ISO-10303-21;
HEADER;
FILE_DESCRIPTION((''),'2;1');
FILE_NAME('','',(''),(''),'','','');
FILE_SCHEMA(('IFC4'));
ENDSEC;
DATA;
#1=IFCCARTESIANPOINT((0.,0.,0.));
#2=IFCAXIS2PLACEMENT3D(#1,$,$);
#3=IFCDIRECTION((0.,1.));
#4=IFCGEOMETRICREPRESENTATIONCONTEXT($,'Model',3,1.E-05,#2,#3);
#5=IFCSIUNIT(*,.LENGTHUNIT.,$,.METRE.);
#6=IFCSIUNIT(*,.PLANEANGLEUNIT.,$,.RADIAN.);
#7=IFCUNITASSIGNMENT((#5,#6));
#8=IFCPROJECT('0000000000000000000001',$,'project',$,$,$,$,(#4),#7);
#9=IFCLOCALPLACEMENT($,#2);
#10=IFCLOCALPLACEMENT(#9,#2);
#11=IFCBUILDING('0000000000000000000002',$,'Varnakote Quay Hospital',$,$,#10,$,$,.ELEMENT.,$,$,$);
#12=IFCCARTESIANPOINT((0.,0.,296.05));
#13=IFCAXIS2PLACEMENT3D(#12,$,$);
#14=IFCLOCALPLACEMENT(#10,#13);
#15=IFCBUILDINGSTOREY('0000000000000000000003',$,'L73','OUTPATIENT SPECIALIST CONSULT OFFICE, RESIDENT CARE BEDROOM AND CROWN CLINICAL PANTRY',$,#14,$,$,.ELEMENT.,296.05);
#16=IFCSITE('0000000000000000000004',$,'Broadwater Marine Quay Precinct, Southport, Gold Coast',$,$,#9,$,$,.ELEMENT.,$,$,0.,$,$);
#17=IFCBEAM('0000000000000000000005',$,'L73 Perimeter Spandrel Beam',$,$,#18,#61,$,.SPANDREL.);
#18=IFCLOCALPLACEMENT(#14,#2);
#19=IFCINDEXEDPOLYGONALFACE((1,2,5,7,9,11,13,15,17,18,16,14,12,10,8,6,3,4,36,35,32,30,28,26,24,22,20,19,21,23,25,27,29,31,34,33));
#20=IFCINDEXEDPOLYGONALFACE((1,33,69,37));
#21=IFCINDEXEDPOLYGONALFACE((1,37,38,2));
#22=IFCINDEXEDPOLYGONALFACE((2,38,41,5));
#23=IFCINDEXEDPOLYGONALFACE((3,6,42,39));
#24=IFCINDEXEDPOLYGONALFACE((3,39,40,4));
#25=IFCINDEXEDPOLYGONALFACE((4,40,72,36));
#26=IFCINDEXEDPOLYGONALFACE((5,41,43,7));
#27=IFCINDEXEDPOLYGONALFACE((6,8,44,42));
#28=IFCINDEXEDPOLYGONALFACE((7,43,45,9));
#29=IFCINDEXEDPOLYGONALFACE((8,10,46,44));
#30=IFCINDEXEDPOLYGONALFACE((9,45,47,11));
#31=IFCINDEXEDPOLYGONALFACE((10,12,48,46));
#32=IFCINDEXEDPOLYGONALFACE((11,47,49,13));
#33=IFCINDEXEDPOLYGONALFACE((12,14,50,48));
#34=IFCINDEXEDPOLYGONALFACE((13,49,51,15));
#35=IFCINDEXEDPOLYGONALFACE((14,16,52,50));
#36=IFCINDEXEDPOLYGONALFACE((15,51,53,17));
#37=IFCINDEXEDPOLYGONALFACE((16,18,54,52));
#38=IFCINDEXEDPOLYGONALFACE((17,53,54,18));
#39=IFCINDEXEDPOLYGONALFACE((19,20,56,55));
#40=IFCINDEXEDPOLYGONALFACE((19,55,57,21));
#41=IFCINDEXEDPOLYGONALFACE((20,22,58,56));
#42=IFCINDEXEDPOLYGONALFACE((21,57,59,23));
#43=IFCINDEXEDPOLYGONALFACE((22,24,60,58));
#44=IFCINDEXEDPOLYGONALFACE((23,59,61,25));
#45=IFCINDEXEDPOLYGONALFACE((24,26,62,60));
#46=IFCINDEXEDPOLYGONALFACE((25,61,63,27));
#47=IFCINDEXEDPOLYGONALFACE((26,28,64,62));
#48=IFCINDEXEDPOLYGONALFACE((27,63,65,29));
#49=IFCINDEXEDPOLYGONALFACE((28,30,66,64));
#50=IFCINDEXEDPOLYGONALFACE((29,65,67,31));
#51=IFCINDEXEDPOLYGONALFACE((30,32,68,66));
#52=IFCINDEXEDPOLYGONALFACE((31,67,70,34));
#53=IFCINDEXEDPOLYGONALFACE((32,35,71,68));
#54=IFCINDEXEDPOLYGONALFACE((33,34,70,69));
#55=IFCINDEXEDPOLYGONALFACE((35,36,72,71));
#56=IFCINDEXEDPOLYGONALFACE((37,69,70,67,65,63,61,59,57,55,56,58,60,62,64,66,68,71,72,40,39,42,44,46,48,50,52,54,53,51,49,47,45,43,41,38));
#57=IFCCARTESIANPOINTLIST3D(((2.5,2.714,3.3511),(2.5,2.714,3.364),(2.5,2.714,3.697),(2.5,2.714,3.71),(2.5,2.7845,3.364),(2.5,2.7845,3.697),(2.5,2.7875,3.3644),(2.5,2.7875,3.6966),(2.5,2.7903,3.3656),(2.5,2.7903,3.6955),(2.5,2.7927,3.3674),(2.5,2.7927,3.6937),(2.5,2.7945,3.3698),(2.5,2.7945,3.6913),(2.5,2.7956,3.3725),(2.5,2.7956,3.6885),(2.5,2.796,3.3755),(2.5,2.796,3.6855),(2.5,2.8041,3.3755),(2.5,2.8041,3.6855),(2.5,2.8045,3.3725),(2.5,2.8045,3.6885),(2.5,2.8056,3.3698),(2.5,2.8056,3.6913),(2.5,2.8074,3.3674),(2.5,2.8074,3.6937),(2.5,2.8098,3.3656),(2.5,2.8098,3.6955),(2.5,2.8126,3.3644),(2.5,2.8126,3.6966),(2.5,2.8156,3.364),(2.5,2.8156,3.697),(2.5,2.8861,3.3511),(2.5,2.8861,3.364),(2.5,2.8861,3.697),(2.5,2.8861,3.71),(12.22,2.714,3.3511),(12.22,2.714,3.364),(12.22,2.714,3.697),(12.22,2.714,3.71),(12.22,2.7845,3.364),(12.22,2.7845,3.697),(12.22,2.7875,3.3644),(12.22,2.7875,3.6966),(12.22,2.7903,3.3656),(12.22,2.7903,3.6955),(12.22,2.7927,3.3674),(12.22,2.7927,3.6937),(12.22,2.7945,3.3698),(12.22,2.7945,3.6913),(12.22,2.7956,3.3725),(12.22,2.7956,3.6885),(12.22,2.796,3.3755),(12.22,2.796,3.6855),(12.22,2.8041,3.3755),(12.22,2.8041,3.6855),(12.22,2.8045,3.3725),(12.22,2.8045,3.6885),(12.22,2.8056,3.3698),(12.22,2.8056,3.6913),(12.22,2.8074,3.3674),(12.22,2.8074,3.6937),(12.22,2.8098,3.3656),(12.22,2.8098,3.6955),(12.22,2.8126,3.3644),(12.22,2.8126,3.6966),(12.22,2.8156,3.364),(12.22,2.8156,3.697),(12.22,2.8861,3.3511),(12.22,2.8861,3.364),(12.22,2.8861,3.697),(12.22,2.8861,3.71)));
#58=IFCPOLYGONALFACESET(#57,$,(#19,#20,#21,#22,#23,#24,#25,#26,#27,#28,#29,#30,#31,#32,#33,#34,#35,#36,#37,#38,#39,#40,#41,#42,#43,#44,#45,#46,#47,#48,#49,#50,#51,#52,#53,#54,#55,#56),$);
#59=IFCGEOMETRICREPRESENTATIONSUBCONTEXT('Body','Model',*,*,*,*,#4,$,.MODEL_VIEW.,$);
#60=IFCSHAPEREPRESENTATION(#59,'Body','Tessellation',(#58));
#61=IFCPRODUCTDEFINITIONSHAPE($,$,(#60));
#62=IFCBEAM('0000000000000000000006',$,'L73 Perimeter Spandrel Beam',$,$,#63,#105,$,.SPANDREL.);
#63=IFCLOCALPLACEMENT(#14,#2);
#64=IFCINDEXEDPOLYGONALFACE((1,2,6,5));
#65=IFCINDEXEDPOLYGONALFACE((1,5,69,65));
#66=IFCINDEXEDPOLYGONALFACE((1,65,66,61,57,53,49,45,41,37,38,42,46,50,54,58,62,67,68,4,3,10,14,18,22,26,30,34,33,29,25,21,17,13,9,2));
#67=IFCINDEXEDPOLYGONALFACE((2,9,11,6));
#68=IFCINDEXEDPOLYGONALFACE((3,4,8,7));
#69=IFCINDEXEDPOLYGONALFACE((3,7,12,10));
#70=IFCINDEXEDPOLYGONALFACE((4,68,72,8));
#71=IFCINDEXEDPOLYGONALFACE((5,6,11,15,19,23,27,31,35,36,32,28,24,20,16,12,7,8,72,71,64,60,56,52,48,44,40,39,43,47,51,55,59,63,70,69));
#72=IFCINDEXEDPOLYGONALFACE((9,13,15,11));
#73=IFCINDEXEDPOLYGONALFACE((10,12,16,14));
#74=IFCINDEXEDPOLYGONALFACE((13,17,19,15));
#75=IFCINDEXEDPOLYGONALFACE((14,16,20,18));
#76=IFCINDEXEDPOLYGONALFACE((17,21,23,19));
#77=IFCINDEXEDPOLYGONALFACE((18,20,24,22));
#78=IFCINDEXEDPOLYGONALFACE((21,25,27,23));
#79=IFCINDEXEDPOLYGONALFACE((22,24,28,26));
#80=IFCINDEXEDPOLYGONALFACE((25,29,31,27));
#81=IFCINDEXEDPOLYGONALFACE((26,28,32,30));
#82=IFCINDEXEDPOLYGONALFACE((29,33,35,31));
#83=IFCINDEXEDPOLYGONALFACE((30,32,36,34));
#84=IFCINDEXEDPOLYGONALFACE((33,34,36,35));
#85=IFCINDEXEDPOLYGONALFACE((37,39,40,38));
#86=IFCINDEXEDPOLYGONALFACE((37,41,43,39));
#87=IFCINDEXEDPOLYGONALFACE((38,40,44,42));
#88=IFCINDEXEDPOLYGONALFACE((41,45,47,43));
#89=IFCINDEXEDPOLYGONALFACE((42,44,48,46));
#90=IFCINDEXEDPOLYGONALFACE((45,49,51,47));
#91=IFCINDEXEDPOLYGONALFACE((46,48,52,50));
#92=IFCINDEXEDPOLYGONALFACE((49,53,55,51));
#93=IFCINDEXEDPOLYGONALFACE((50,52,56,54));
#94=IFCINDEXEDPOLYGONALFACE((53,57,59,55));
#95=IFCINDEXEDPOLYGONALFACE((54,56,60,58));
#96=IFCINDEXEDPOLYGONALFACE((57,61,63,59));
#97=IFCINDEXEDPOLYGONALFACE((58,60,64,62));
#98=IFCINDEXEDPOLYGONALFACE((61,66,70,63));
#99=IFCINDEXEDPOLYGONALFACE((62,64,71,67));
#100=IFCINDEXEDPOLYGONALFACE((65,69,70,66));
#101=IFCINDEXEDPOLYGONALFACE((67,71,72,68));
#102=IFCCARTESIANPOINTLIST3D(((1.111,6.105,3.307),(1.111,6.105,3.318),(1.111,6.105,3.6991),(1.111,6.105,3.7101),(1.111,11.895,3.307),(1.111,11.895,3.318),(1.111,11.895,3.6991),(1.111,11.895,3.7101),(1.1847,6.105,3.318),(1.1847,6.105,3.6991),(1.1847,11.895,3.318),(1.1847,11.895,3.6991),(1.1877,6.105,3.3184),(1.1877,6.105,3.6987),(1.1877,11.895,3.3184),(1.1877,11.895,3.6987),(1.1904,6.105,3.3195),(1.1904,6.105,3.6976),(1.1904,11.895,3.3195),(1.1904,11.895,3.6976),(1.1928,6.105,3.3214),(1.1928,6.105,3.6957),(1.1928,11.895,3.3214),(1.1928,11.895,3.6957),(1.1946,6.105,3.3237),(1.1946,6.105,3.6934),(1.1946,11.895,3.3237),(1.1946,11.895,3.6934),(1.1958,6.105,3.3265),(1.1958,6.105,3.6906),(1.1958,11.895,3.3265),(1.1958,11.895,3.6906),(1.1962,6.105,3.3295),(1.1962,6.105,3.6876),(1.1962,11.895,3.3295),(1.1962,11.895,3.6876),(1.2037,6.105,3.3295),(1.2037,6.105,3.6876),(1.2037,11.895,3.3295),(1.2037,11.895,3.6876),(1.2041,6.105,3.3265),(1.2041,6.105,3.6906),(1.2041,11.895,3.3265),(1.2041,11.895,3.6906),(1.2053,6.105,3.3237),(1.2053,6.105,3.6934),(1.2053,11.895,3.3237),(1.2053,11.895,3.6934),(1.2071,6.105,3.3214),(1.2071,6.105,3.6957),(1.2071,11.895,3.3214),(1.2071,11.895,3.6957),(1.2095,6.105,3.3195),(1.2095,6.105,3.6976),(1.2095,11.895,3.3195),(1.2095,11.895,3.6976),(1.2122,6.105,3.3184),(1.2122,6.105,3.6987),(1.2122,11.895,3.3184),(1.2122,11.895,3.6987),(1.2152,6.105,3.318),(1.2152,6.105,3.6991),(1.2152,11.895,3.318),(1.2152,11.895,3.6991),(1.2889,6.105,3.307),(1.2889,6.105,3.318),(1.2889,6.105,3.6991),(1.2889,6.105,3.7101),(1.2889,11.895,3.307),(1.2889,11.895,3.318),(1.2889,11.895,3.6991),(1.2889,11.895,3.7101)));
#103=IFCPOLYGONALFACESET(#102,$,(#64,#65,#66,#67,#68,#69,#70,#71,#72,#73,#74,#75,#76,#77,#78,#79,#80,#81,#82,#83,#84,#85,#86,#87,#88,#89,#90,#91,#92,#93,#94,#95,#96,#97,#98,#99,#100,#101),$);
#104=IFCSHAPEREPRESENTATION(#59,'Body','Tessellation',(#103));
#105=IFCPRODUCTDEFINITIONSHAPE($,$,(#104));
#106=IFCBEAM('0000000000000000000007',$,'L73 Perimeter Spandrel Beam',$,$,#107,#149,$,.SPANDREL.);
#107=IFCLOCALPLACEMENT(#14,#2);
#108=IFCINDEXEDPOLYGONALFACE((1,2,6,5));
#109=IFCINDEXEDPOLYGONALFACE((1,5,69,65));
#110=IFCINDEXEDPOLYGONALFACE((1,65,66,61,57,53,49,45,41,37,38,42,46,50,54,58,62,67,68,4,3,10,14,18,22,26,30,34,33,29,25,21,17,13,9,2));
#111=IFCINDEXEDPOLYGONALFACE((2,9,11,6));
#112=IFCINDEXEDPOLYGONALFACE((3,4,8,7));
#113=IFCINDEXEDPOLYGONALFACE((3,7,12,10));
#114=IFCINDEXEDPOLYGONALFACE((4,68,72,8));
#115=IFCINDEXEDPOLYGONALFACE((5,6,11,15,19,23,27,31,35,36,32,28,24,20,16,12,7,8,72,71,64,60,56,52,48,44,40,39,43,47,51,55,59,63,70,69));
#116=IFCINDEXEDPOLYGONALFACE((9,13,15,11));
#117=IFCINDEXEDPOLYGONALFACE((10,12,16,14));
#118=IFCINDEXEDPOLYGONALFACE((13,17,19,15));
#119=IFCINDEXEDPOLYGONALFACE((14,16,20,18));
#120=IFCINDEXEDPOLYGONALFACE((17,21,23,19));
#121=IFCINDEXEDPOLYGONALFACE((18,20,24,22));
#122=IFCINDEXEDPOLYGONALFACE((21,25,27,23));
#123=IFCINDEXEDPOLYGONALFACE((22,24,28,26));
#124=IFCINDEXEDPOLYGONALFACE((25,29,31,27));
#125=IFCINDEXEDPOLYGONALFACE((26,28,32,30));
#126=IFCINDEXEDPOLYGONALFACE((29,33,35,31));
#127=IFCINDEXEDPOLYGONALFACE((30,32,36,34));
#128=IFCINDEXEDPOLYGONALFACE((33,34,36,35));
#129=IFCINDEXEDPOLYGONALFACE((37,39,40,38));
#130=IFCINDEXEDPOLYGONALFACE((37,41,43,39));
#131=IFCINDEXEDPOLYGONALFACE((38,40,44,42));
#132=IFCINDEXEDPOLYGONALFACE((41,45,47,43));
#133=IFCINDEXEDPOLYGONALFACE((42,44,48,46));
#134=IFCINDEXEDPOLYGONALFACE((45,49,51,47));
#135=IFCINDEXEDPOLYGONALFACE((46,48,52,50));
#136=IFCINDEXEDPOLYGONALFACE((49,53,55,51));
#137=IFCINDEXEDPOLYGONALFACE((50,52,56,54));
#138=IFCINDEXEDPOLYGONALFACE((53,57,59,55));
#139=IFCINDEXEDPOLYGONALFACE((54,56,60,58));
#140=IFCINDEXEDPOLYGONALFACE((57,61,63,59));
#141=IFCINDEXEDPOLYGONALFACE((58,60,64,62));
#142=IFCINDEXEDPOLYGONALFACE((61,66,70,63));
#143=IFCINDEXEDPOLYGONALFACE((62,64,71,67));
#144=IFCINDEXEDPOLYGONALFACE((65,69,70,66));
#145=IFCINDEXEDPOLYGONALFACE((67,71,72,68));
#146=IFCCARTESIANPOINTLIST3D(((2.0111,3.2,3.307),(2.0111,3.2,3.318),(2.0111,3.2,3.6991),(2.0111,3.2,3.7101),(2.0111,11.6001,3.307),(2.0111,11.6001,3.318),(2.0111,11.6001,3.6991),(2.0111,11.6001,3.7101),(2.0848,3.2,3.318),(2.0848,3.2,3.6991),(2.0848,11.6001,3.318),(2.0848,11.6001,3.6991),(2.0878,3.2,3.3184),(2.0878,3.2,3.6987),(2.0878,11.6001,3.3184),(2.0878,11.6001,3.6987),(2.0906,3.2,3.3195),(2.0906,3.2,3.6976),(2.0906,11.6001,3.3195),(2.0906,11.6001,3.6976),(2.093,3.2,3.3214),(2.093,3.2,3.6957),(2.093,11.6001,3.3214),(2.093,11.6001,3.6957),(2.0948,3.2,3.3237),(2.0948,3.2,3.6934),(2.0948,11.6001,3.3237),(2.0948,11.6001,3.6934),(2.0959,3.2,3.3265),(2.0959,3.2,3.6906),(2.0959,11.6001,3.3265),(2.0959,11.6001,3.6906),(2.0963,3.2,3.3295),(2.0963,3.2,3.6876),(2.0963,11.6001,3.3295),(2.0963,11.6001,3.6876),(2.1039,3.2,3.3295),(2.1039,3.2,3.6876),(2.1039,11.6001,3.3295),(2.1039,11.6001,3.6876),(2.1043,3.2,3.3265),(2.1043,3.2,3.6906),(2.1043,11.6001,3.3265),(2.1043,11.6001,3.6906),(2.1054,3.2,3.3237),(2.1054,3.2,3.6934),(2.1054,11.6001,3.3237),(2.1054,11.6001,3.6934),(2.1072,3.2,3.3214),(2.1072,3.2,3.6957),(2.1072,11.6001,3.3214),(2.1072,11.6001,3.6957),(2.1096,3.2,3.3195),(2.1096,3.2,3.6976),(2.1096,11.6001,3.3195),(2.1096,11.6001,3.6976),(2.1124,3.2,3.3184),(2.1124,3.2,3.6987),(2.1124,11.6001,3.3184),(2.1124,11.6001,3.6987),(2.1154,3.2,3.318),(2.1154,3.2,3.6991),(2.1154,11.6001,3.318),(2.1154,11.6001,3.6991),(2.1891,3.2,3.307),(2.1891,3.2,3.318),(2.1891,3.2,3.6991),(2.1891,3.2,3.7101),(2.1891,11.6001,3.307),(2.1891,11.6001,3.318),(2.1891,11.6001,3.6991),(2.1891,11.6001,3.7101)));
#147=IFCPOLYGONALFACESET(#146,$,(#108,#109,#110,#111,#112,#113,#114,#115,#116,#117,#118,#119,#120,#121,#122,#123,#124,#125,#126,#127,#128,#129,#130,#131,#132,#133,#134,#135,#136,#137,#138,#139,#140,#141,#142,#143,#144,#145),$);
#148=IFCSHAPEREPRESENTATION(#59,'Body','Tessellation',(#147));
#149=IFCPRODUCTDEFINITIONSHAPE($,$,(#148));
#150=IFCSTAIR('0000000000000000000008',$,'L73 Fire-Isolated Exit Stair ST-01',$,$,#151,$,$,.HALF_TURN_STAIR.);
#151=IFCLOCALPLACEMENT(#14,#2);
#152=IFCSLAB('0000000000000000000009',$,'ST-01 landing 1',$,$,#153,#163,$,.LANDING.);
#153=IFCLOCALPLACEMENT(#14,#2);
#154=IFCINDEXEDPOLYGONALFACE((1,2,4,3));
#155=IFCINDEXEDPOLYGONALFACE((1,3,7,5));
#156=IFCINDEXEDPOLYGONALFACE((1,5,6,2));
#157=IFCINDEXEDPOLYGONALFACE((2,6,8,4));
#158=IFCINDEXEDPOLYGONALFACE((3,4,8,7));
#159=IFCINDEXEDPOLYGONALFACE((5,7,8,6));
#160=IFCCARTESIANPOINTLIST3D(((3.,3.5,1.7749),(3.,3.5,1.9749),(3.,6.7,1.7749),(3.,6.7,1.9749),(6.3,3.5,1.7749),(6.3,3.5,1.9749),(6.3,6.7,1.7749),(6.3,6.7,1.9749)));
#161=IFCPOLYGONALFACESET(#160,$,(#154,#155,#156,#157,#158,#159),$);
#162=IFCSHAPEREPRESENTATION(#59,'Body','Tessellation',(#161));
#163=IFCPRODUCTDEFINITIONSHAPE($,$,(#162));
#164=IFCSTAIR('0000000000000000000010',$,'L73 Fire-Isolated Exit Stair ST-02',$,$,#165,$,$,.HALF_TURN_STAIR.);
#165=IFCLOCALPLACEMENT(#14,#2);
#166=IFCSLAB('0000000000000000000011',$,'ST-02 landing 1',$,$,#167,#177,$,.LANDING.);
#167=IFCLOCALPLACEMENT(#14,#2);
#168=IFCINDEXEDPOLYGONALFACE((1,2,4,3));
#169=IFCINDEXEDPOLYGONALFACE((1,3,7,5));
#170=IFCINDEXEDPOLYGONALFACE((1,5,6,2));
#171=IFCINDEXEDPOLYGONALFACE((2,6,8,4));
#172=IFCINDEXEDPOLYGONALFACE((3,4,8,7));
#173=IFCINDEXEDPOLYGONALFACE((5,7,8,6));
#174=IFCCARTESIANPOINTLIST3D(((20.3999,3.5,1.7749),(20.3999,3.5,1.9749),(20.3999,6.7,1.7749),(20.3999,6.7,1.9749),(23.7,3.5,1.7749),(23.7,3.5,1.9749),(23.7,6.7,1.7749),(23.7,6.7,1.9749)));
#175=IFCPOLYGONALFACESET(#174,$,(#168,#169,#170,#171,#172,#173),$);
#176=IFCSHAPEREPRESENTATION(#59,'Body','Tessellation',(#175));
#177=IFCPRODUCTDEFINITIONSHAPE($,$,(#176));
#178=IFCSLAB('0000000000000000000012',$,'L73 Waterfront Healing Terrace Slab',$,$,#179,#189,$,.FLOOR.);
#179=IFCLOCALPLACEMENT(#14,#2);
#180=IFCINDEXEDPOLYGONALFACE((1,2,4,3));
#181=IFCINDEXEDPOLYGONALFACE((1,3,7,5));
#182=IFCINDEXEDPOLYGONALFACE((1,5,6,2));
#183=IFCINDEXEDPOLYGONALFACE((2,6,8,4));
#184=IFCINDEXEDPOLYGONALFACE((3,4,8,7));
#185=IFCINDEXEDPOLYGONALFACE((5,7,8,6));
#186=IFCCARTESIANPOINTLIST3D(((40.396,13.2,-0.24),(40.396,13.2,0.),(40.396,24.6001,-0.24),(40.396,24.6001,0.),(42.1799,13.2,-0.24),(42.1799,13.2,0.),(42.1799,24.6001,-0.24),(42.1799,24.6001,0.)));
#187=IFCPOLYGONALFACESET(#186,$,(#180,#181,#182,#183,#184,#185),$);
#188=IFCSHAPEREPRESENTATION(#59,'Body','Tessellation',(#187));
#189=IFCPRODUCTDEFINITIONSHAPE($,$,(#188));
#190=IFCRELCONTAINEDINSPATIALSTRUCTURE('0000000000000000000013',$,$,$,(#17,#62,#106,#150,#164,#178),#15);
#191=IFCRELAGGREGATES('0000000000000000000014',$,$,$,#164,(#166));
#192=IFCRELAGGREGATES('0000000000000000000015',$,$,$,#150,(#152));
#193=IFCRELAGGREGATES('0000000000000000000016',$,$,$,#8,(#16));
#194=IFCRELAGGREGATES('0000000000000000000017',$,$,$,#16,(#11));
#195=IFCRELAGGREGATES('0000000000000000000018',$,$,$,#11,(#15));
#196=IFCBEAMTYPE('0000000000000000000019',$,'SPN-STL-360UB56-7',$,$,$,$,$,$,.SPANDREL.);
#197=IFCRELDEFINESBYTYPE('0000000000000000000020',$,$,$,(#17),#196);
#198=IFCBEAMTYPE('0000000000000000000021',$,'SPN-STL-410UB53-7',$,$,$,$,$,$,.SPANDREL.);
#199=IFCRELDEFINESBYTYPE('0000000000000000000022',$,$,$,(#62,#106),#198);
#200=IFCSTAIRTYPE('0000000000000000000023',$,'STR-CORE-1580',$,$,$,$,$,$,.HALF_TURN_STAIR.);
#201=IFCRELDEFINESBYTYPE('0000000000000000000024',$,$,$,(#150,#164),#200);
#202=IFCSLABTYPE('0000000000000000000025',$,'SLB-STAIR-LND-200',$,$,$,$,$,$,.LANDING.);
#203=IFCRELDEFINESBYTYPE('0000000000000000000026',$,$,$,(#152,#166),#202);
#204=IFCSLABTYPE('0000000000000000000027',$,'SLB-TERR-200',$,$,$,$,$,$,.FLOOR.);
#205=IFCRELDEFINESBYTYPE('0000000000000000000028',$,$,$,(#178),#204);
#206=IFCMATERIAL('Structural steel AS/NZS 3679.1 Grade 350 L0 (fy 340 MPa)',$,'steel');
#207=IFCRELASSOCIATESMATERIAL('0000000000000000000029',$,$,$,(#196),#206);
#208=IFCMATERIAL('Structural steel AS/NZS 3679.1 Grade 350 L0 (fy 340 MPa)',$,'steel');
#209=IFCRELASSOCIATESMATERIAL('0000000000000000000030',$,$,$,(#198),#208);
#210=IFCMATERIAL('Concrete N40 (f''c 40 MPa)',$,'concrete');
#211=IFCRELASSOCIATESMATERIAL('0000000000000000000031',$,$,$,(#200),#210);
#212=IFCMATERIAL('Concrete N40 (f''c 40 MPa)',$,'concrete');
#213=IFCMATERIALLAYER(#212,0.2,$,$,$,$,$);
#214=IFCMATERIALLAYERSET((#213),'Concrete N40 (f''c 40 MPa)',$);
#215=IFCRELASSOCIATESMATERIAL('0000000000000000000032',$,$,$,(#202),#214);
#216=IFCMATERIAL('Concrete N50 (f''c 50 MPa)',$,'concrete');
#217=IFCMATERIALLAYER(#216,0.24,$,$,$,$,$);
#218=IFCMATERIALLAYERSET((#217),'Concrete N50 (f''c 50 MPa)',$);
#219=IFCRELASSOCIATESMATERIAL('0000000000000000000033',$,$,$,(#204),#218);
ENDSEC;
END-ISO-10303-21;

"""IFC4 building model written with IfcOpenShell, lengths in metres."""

from ifc_helpers import new_model, si_unit, direction, frame, origin, origin_2d, place, context, subcontext, project, spatial, polyline, i_section, outline, extrude, material, layer, layer_set, material_profile, profile_set, type_object, element, aggregate, save


model = new_model("IFC4")

# Units and contexts
model_context = context("Model", 3, precision=1e-05, world=origin(), true_north=direction((0.0, 1.0)))
body_context = subcontext(model_context, "Body", "Model", "MODEL_VIEW")
ifc_project = project(units=[si_unit("LENGTHUNIT", "METRE"), si_unit("PLANEANGLEUNIT", "RADIAN")], contexts=[model_context])

# Site, building, storey
site_placement = place(None, origin())
site = spatial("IfcSite", under=ifc_project, at=site_placement, Name="Broadwater Marine Quay Precinct, Southport, Gold Coast", CompositionType="ELEMENT", RefElevation=0.0)
building_placement = place(site_placement, origin())
building = spatial("IfcBuilding", under=site, at=building_placement, Name="Varnakote Quay Hospital", CompositionType="ELEMENT")
storey_placement = place(building_placement, frame((0.0, 0.0, 296.05)))
storey = spatial("IfcBuildingStorey", under=building, at=storey_placement, Name="L73", Description="OUTPATIENT SPECIALIST CONSULT OFFICE, RESIDENT CARE BEDROOM AND CROWN CLINICAL PANTRY", CompositionType="ELEMENT", Elevation=296.05)

# Beams
ifc_material_1 = material(Name="Structural steel AS/NZS 3679.1 Grade 350 L0 (fy 340 MPa)", Category="steel")
ifc_material_profile_1 = material_profile(ifc_material_1, i_section(OverallWidth=0.1721, OverallDepth=0.3589, WebThickness=0.0081, FlangeThickness=0.0129, FilletRadius=0.0115, at=origin_2d()), Name="360UB56.7")
ifc_profile_set_1 = profile_set([ifc_material_profile_1], Name="Structural steel AS/NZS 3679.1 Grade 350 L0 (fy 340 MPa)")
beam_type_1 = type_object("IfcBeamType", Name="SPN-STL-360UB56-7", PredefinedType="SPANDREL", material=ifc_profile_set_1)
beam_1_placement = place(storey_placement, frame((2.5, 2.8, 3.5305), z_axis=(1.0, 0.0, 0.0), x_axis=(0.0, 1.0, 0.0)))
element("IfcBeam", 1, at=beam_1_placement, inside=storey, type_object=beam_type_1, Name="L73 Perimeter Spandrel Beam", PredefinedType="SPANDREL", context=body_context, shape_type="SweptSolid", body=[
    extrude(i_section(OverallWidth=0.1721, OverallDepth=0.3589, WebThickness=0.0081, FlangeThickness=0.0129, FilletRadius=0.0115, at=origin_2d()), origin(), (0.0, 0.0, 1.0), 9.72),
])
ifc_material_2 = material(Name="Structural steel AS/NZS 3679.1 Grade 350 L0 (fy 340 MPa)", Category="steel")
ifc_material_profile_2 = material_profile(ifc_material_2, i_section(OverallWidth=0.178, OverallDepth=0.4031, WebThickness=0.0076, FlangeThickness=0.011, FilletRadius=0.0115, at=origin_2d()), Name="410UB53.7")
ifc_profile_set_2 = profile_set([ifc_material_profile_2], Name="Structural steel AS/NZS 3679.1 Grade 350 L0 (fy 340 MPa)")
beam_type_2 = type_object("IfcBeamType", Name="SPN-STL-410UB53-7", PredefinedType="SPANDREL", material=ifc_profile_set_2)
beam_2_placement = place(storey_placement, frame((1.2, 6.105, 3.5085), z_axis=(0.0, 1.0, 0.0), x_axis=(-1.0, 0.0, 0.0)))
element("IfcBeam", 2, at=beam_2_placement, inside=storey, type_object=beam_type_2, Name="L73 Perimeter Spandrel Beam", PredefinedType="SPANDREL", context=body_context, shape_type="SweptSolid", body=[
    extrude(i_section(OverallWidth=0.178, OverallDepth=0.4031, WebThickness=0.0076, FlangeThickness=0.011, FilletRadius=0.0115, at=origin_2d()), origin(), (0.0, 0.0, 1.0), 5.79),
])
beam_3_placement = place(storey_placement, frame((2.1001, 3.2, 3.5085), z_axis=(0.0, 1.0, 0.0), x_axis=(-1.0, 0.0, 0.0)))
element("IfcBeam", 3, at=beam_3_placement, inside=storey, type_object=beam_type_2, Name="L73 Perimeter Spandrel Beam", PredefinedType="SPANDREL", context=body_context, shape_type="SweptSolid", body=[
    extrude(i_section(OverallWidth=0.178, OverallDepth=0.4031, WebThickness=0.0076, FlangeThickness=0.011, FilletRadius=0.0115, at=origin_2d()), origin(), (0.0, 0.0, 1.0), 8.4001),
])

# Stairs, slabs
ifc_material_3 = material(Name="Concrete N40 (f'c 40 MPa)", Category="concrete")
stair_type = type_object("IfcStairType", Name="STR-CORE-1580", PredefinedType="HALF_TURN_STAIR", material=ifc_material_3)
stair_1_placement = place(storey_placement, origin())
stair_1 = element("IfcStair", 4, at=stair_1_placement, inside=storey, type_object=stair_type, Name="L73 Fire-Isolated Exit Stair ST-01", PredefinedType="HALF_TURN_STAIR")
ifc_material_4 = material(Name="Concrete N40 (f'c 40 MPa)", Category="concrete")
ifc_layer_1 = layer(ifc_material_4, 0.2)
ifc_layer_set_1 = layer_set([ifc_layer_1], Name="Concrete N40 (f'c 40 MPa)")
slab_type_1 = type_object("IfcSlabType", Name="SLB-STAIR-LND-200", PredefinedType="LANDING", material=ifc_layer_set_1)
slab_1_placement = place(storey_placement, frame((0.0, 0.0, 1.7749)))
slab_1 = element("IfcSlab", 5, at=slab_1_placement, type_object=slab_type_1, Name="ST-01 landing 1", PredefinedType="LANDING", context=body_context, shape_type="SweptSolid", body=[
    extrude(outline(polyline([(3.0, 6.7), (3.0, 3.5), (6.3, 3.5), (6.3, 6.7), (3.0, 6.7)])), origin(), (0.0, 0.0, 1.0), 0.2),
])
stair_2_placement = place(storey_placement, origin())
stair_2 = element("IfcStair", 6, at=stair_2_placement, inside=storey, type_object=stair_type, Name="L73 Fire-Isolated Exit Stair ST-02", PredefinedType="HALF_TURN_STAIR")
slab_2_placement = place(storey_placement, frame((0.0, 0.0, 1.7749)))
slab_2 = element("IfcSlab", 7, at=slab_2_placement, type_object=slab_type_1, Name="ST-02 landing 1", PredefinedType="LANDING", context=body_context, shape_type="SweptSolid", body=[
    extrude(outline(polyline([(20.3999, 6.7), (20.3999, 3.5), (23.7, 3.5), (23.7, 6.7), (20.3999, 6.7)])), origin(), (0.0, 0.0, 1.0), 0.2),
])
aggregate(stair_2, [slab_2])

# Slab
ifc_material_5 = material(Name="Concrete N50 (f'c 50 MPa)", Category="concrete")
ifc_layer_2 = layer(ifc_material_5, 0.24)
ifc_layer_set_2 = layer_set([ifc_layer_2], Name="Concrete N50 (f'c 50 MPa)")
slab_type_2 = type_object("IfcSlabType", Name="SLB-TERR-200", PredefinedType="FLOOR", material=ifc_layer_set_2)
slab_3_placement = place(storey_placement, frame((0.0, 0.0, -0.24)))
element("IfcSlab", 8, at=slab_3_placement, inside=storey, type_object=slab_type_2, Name="L73 Waterfront Healing Terrace Slab", PredefinedType="FLOOR", context=body_context, shape_type="SweptSolid", body=[
    extrude(outline(polyline([(40.396, 13.2), (42.1799, 13.2), (42.1799, 24.6001), (40.396, 24.6001), (40.396, 13.2)])), origin(), (0.0, 0.0, 1.0), 0.24),
])

aggregate(stair_1, [slab_1])

save(model, "model.ifc")
